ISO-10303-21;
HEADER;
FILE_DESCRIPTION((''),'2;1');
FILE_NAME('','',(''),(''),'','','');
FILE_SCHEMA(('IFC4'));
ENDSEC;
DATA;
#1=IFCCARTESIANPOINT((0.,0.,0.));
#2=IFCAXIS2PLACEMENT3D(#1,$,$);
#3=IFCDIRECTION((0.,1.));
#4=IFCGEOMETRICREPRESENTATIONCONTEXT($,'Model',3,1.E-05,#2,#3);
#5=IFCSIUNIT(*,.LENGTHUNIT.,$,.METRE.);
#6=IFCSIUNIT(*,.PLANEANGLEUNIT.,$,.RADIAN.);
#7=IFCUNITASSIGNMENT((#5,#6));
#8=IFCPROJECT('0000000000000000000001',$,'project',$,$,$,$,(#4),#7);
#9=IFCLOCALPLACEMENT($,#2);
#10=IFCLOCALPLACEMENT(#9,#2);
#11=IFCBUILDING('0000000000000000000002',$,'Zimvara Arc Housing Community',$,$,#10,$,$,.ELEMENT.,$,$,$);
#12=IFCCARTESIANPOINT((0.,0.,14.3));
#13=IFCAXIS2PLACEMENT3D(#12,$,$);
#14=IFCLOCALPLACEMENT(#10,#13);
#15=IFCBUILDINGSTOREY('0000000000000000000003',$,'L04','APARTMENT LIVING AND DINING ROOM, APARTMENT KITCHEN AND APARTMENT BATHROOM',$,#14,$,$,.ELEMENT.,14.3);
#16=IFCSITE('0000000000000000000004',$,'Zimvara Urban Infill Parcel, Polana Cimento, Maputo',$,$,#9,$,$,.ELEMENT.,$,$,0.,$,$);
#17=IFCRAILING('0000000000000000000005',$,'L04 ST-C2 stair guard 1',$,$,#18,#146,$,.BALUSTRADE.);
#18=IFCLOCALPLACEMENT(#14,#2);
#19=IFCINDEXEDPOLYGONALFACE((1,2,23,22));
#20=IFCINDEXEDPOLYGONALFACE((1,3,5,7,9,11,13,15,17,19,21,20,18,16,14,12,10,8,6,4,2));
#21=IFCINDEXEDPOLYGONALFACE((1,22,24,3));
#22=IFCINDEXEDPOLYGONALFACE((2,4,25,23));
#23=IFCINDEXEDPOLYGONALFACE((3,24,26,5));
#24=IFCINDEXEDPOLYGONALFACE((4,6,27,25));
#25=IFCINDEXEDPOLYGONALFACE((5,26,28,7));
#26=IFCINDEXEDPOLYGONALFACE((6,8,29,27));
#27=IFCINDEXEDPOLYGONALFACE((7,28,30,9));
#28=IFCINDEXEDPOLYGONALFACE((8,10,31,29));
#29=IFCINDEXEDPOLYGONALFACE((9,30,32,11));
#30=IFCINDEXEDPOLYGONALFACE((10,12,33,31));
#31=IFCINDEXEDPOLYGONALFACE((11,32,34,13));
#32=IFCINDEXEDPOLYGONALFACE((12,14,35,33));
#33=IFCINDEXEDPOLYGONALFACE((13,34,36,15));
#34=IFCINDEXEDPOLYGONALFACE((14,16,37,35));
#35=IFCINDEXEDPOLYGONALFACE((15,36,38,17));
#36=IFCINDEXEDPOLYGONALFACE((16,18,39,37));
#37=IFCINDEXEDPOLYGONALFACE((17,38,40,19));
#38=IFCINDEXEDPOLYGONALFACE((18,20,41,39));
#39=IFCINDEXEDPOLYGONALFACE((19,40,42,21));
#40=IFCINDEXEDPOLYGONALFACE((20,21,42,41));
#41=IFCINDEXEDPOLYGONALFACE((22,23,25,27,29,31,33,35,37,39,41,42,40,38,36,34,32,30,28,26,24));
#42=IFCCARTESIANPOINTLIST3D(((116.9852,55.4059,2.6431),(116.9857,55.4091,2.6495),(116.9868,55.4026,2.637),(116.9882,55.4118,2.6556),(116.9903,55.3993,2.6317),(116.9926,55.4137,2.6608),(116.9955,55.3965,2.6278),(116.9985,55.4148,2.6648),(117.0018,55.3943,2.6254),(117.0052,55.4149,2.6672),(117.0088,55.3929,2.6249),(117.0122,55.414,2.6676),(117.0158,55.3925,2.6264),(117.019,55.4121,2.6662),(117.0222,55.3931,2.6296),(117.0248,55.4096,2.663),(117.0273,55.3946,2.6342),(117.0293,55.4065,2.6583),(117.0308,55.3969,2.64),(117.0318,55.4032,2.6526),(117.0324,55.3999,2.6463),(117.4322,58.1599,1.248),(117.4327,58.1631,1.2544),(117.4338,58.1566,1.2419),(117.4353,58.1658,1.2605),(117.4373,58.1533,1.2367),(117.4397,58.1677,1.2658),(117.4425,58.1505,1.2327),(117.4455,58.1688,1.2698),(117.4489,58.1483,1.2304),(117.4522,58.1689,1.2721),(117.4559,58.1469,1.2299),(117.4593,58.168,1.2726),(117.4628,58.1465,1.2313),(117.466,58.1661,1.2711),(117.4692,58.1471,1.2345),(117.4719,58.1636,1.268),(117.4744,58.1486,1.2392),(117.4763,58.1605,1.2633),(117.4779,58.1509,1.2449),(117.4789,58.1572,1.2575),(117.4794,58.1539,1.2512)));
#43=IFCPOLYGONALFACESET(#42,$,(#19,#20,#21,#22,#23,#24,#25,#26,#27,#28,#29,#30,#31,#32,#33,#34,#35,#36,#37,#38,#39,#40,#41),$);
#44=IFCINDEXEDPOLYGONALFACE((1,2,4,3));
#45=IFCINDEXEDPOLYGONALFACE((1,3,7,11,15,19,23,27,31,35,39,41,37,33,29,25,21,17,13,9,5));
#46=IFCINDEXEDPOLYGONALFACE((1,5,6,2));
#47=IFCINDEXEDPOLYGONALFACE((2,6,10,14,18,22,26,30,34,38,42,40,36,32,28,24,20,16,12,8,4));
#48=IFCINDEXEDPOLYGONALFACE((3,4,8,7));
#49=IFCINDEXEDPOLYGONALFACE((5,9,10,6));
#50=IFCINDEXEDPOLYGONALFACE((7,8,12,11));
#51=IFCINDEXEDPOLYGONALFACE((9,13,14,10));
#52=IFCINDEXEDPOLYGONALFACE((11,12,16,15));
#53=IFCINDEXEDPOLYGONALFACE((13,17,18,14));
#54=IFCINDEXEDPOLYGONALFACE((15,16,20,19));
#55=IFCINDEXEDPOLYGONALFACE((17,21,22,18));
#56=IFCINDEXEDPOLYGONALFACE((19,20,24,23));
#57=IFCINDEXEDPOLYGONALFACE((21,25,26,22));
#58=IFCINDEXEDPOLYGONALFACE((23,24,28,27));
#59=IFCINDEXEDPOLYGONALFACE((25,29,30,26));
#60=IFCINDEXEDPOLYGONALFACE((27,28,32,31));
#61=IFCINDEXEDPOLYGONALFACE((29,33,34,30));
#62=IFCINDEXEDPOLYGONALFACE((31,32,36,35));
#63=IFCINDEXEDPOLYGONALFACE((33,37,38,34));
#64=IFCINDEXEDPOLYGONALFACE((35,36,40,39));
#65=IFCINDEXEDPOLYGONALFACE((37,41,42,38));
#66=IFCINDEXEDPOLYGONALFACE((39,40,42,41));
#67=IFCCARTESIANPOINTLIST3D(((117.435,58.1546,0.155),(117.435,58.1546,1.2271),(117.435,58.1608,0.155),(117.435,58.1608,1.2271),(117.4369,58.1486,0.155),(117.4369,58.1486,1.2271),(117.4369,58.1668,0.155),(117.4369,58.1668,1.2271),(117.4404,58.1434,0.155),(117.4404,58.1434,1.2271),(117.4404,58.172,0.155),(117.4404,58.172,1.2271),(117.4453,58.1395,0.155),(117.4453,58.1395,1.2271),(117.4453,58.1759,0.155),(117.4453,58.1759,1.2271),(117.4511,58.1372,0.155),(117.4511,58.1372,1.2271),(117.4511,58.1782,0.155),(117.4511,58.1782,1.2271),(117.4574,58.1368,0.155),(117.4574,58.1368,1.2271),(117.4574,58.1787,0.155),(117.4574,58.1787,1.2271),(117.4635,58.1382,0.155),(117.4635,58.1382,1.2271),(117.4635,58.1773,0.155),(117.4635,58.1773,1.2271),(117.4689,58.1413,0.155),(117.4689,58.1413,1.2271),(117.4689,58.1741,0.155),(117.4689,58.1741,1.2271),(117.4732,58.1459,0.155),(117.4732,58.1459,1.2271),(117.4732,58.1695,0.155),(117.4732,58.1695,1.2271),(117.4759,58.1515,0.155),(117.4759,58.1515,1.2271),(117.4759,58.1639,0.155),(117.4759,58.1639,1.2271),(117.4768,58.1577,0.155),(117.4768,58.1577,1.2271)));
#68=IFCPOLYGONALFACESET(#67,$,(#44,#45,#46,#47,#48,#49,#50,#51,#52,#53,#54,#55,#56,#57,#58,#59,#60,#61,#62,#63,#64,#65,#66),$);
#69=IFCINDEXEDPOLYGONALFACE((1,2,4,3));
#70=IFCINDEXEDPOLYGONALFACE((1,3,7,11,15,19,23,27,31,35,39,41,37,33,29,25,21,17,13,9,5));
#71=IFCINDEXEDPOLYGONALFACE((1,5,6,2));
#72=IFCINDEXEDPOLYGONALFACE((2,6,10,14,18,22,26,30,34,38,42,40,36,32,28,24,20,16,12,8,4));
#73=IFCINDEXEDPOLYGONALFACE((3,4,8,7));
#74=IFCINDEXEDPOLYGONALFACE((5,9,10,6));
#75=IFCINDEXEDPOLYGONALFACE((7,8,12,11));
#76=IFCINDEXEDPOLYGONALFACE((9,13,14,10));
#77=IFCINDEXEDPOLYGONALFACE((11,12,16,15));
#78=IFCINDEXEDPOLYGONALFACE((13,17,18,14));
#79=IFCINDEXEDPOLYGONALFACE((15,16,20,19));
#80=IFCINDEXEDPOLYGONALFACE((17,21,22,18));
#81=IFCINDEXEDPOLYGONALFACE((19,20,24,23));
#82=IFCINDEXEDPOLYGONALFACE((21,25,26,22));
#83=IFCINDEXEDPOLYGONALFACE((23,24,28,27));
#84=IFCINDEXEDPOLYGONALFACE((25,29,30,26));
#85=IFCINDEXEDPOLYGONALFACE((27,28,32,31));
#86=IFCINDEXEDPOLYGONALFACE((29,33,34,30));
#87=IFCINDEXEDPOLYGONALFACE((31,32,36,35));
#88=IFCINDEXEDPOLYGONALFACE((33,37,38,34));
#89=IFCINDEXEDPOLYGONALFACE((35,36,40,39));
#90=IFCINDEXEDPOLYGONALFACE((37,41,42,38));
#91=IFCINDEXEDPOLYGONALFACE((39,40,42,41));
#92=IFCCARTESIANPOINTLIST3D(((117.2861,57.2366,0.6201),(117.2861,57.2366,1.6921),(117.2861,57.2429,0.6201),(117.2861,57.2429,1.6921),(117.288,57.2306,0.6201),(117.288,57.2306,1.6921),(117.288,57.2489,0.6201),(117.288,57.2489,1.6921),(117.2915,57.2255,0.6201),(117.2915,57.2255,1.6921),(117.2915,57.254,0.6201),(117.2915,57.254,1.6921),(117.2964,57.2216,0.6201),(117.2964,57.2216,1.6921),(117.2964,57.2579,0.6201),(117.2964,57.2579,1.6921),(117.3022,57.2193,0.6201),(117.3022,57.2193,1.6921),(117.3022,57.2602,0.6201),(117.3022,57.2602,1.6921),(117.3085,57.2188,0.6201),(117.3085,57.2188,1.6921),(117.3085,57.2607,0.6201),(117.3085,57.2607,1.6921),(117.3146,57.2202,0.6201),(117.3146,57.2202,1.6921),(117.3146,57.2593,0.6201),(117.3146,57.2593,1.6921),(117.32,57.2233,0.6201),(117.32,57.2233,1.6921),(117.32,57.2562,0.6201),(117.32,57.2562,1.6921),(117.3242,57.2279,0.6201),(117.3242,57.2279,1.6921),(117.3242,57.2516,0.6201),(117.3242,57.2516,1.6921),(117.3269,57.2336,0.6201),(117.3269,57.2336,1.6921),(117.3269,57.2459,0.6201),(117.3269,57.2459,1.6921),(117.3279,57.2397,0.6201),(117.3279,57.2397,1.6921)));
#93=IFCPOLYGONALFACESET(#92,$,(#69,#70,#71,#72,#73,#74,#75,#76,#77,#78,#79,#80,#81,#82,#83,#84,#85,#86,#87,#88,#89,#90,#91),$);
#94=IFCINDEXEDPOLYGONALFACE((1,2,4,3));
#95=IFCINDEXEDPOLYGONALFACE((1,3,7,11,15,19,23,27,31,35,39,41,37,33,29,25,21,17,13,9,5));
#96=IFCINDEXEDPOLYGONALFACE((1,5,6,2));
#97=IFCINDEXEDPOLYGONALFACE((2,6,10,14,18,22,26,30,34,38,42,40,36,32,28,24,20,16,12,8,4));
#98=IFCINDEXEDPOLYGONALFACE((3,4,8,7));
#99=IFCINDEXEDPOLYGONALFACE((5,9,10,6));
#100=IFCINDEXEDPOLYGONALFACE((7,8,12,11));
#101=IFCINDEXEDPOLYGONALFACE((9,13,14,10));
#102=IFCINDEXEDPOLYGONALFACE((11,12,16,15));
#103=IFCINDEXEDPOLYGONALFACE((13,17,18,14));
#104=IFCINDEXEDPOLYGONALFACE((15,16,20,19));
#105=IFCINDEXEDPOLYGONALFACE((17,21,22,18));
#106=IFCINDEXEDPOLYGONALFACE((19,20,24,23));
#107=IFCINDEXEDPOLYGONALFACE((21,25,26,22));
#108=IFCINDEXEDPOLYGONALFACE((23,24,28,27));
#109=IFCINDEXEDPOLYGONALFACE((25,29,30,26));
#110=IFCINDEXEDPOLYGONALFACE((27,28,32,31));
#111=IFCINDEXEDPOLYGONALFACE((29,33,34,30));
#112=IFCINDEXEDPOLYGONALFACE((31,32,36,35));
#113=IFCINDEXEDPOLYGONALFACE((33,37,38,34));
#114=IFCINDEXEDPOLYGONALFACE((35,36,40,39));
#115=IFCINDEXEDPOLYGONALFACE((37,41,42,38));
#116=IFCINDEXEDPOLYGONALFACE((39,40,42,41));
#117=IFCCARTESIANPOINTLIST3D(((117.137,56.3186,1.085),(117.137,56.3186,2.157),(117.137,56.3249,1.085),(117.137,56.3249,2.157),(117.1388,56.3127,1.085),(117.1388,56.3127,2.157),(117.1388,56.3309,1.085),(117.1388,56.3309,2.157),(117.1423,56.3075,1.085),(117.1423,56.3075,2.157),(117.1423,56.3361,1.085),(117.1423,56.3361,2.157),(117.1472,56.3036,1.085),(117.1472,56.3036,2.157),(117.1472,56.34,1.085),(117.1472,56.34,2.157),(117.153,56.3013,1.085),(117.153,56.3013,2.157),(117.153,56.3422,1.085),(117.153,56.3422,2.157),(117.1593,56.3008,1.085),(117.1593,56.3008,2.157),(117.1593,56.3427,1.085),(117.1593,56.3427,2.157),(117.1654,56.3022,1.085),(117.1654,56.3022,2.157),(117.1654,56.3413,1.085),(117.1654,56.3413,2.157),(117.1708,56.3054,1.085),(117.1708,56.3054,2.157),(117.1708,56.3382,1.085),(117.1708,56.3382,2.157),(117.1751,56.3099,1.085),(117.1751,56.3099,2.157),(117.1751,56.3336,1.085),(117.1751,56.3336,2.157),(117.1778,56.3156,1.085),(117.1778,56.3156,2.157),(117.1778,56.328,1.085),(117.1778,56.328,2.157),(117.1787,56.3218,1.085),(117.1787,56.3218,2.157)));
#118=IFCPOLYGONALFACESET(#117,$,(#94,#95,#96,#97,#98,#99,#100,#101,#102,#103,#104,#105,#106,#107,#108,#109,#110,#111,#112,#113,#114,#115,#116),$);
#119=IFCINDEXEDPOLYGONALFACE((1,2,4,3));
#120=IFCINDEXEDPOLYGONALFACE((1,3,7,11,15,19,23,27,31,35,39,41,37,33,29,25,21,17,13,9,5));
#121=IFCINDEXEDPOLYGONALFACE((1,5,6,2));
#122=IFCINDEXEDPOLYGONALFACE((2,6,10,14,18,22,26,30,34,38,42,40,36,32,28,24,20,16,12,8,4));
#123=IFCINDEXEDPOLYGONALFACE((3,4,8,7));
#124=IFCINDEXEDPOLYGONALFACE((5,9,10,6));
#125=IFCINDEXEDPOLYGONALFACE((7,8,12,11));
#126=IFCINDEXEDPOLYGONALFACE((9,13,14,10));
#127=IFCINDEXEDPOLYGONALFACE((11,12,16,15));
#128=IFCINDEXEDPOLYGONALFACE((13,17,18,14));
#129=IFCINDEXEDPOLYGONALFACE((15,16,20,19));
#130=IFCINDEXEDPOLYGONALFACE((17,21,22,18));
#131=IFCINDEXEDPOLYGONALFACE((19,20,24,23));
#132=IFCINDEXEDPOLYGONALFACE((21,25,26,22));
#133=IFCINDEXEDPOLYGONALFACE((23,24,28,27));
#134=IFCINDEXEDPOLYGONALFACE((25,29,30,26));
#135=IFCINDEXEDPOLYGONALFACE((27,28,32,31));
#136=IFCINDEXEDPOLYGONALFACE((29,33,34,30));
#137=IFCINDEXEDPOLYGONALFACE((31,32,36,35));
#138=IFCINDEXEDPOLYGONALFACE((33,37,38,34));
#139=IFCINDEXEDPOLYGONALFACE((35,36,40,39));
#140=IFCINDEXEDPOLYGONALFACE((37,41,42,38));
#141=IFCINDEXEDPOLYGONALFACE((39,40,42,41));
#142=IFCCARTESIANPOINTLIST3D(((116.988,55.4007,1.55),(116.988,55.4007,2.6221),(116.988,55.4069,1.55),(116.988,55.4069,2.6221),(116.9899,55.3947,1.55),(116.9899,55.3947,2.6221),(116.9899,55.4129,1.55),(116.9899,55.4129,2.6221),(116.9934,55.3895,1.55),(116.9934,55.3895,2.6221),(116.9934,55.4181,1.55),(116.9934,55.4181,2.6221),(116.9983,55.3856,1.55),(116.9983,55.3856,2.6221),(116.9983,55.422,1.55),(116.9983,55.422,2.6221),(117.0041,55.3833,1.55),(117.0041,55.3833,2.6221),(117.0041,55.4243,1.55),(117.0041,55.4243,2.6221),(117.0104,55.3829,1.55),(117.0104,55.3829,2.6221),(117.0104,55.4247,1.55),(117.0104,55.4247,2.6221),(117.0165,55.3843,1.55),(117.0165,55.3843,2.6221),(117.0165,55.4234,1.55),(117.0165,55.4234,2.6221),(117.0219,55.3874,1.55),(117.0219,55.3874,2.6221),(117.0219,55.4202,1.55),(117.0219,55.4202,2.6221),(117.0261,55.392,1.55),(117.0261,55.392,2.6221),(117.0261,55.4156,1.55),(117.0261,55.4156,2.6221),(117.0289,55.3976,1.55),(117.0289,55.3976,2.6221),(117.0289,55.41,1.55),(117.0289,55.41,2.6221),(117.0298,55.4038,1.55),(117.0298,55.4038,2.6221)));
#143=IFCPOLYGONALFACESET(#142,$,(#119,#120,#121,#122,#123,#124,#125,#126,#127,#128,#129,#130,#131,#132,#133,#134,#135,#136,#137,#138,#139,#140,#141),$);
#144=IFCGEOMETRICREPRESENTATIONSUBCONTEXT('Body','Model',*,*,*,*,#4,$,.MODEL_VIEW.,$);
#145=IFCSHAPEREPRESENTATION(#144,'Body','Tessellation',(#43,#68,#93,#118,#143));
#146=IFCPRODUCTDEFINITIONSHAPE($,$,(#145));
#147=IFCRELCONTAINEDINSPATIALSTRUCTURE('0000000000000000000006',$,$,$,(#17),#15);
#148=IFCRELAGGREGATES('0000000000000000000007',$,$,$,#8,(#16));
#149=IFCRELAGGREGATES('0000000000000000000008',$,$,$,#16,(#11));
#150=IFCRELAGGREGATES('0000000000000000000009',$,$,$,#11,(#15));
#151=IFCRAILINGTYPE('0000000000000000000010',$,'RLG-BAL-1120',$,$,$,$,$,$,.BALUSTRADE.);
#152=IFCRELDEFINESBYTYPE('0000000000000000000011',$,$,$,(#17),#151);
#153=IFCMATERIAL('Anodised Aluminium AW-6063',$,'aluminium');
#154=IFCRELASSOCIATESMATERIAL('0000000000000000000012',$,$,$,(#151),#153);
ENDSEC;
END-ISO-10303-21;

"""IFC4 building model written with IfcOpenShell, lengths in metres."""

from ifc_helpers import new_model, si_unit, direction, frame, origin, origin_2d, place, context, subcontext, project, spatial, circle, extrude, material, type_object, element, save


model = new_model("IFC4")

# Units and contexts
model_context = context("Model", 3, precision=1e-05, world=origin(), true_north=direction((0.0, 1.0)))
body_context = subcontext(model_context, "Body", "Model", "MODEL_VIEW")
ifc_project = project(units=[si_unit("LENGTHUNIT", "METRE"), si_unit("PLANEANGLEUNIT", "RADIAN")], contexts=[model_context])

# Site, building, storey
site_placement = place(None, origin())
site = spatial("IfcSite", under=ifc_project, at=site_placement, Name="Zimvara Urban Infill Parcel, Polana Cimento, Maputo", CompositionType="ELEMENT", RefElevation=0.0)
building_placement = place(site_placement, origin())
building = spatial("IfcBuilding", under=site, at=building_placement, Name="Zimvara Arc Housing Community", CompositionType="ELEMENT")
storey_placement = place(building_placement, frame((0.0, 0.0, 14.3)))
storey = spatial("IfcBuildingStorey", under=building, at=storey_placement, Name="L04", Description="APARTMENT LIVING AND DINING ROOM, APARTMENT KITCHEN AND APARTMENT BATHROOM", CompositionType="ELEMENT", Elevation=14.3)

# Railing
ifc_material_1 = material(Name="Anodised Aluminium AW-6063", Category="aluminium")
railing_type_1 = type_object("IfcRailingType", Name="RLG-BAL-1120", PredefinedType="BALUSTRADE", material=ifc_material_1)
railing_1_placement = place(storey_placement, frame((117.4558, 58.1577, 0.155)))
element("IfcRailing", 1, at=railing_1_placement, inside=storey, type_object=railing_type_1, Name="L04 ST-C2 stair guard 1", PredefinedType="BALUSTRADE", context=body_context, shape_type="SweptSolid", body=[
    extrude(circle(Radius=0.0239, at=origin_2d()), frame((0.0, 0.0, 1.0962), z_axis=(-0.143309, -0.882866, 0.447225), x_axis=(0.98708, -0.160226, 0.0)), (0.0, 0.0, 1.0), 3.1194),
    extrude(circle(Radius=0.021, at=origin_2d()), origin(), (0.0, 0.0, 1.0), 1.072),
    extrude(circle(Radius=0.021, at=origin_2d()), frame((-0.1489, -0.918, 0.4651)), (0.0, 0.0, 1.0), 1.072),
    extrude(circle(Radius=0.021, at=origin_2d()), frame((-0.2981, -1.8359, 0.9299)), (0.0, 0.0, 1.0), 1.072),
    extrude(circle(Radius=0.021, at=origin_2d()), frame((-0.447, -2.7539, 1.395)), (0.0, 0.0, 1.0), 1.072),
])

save(model, "model.ifc")
